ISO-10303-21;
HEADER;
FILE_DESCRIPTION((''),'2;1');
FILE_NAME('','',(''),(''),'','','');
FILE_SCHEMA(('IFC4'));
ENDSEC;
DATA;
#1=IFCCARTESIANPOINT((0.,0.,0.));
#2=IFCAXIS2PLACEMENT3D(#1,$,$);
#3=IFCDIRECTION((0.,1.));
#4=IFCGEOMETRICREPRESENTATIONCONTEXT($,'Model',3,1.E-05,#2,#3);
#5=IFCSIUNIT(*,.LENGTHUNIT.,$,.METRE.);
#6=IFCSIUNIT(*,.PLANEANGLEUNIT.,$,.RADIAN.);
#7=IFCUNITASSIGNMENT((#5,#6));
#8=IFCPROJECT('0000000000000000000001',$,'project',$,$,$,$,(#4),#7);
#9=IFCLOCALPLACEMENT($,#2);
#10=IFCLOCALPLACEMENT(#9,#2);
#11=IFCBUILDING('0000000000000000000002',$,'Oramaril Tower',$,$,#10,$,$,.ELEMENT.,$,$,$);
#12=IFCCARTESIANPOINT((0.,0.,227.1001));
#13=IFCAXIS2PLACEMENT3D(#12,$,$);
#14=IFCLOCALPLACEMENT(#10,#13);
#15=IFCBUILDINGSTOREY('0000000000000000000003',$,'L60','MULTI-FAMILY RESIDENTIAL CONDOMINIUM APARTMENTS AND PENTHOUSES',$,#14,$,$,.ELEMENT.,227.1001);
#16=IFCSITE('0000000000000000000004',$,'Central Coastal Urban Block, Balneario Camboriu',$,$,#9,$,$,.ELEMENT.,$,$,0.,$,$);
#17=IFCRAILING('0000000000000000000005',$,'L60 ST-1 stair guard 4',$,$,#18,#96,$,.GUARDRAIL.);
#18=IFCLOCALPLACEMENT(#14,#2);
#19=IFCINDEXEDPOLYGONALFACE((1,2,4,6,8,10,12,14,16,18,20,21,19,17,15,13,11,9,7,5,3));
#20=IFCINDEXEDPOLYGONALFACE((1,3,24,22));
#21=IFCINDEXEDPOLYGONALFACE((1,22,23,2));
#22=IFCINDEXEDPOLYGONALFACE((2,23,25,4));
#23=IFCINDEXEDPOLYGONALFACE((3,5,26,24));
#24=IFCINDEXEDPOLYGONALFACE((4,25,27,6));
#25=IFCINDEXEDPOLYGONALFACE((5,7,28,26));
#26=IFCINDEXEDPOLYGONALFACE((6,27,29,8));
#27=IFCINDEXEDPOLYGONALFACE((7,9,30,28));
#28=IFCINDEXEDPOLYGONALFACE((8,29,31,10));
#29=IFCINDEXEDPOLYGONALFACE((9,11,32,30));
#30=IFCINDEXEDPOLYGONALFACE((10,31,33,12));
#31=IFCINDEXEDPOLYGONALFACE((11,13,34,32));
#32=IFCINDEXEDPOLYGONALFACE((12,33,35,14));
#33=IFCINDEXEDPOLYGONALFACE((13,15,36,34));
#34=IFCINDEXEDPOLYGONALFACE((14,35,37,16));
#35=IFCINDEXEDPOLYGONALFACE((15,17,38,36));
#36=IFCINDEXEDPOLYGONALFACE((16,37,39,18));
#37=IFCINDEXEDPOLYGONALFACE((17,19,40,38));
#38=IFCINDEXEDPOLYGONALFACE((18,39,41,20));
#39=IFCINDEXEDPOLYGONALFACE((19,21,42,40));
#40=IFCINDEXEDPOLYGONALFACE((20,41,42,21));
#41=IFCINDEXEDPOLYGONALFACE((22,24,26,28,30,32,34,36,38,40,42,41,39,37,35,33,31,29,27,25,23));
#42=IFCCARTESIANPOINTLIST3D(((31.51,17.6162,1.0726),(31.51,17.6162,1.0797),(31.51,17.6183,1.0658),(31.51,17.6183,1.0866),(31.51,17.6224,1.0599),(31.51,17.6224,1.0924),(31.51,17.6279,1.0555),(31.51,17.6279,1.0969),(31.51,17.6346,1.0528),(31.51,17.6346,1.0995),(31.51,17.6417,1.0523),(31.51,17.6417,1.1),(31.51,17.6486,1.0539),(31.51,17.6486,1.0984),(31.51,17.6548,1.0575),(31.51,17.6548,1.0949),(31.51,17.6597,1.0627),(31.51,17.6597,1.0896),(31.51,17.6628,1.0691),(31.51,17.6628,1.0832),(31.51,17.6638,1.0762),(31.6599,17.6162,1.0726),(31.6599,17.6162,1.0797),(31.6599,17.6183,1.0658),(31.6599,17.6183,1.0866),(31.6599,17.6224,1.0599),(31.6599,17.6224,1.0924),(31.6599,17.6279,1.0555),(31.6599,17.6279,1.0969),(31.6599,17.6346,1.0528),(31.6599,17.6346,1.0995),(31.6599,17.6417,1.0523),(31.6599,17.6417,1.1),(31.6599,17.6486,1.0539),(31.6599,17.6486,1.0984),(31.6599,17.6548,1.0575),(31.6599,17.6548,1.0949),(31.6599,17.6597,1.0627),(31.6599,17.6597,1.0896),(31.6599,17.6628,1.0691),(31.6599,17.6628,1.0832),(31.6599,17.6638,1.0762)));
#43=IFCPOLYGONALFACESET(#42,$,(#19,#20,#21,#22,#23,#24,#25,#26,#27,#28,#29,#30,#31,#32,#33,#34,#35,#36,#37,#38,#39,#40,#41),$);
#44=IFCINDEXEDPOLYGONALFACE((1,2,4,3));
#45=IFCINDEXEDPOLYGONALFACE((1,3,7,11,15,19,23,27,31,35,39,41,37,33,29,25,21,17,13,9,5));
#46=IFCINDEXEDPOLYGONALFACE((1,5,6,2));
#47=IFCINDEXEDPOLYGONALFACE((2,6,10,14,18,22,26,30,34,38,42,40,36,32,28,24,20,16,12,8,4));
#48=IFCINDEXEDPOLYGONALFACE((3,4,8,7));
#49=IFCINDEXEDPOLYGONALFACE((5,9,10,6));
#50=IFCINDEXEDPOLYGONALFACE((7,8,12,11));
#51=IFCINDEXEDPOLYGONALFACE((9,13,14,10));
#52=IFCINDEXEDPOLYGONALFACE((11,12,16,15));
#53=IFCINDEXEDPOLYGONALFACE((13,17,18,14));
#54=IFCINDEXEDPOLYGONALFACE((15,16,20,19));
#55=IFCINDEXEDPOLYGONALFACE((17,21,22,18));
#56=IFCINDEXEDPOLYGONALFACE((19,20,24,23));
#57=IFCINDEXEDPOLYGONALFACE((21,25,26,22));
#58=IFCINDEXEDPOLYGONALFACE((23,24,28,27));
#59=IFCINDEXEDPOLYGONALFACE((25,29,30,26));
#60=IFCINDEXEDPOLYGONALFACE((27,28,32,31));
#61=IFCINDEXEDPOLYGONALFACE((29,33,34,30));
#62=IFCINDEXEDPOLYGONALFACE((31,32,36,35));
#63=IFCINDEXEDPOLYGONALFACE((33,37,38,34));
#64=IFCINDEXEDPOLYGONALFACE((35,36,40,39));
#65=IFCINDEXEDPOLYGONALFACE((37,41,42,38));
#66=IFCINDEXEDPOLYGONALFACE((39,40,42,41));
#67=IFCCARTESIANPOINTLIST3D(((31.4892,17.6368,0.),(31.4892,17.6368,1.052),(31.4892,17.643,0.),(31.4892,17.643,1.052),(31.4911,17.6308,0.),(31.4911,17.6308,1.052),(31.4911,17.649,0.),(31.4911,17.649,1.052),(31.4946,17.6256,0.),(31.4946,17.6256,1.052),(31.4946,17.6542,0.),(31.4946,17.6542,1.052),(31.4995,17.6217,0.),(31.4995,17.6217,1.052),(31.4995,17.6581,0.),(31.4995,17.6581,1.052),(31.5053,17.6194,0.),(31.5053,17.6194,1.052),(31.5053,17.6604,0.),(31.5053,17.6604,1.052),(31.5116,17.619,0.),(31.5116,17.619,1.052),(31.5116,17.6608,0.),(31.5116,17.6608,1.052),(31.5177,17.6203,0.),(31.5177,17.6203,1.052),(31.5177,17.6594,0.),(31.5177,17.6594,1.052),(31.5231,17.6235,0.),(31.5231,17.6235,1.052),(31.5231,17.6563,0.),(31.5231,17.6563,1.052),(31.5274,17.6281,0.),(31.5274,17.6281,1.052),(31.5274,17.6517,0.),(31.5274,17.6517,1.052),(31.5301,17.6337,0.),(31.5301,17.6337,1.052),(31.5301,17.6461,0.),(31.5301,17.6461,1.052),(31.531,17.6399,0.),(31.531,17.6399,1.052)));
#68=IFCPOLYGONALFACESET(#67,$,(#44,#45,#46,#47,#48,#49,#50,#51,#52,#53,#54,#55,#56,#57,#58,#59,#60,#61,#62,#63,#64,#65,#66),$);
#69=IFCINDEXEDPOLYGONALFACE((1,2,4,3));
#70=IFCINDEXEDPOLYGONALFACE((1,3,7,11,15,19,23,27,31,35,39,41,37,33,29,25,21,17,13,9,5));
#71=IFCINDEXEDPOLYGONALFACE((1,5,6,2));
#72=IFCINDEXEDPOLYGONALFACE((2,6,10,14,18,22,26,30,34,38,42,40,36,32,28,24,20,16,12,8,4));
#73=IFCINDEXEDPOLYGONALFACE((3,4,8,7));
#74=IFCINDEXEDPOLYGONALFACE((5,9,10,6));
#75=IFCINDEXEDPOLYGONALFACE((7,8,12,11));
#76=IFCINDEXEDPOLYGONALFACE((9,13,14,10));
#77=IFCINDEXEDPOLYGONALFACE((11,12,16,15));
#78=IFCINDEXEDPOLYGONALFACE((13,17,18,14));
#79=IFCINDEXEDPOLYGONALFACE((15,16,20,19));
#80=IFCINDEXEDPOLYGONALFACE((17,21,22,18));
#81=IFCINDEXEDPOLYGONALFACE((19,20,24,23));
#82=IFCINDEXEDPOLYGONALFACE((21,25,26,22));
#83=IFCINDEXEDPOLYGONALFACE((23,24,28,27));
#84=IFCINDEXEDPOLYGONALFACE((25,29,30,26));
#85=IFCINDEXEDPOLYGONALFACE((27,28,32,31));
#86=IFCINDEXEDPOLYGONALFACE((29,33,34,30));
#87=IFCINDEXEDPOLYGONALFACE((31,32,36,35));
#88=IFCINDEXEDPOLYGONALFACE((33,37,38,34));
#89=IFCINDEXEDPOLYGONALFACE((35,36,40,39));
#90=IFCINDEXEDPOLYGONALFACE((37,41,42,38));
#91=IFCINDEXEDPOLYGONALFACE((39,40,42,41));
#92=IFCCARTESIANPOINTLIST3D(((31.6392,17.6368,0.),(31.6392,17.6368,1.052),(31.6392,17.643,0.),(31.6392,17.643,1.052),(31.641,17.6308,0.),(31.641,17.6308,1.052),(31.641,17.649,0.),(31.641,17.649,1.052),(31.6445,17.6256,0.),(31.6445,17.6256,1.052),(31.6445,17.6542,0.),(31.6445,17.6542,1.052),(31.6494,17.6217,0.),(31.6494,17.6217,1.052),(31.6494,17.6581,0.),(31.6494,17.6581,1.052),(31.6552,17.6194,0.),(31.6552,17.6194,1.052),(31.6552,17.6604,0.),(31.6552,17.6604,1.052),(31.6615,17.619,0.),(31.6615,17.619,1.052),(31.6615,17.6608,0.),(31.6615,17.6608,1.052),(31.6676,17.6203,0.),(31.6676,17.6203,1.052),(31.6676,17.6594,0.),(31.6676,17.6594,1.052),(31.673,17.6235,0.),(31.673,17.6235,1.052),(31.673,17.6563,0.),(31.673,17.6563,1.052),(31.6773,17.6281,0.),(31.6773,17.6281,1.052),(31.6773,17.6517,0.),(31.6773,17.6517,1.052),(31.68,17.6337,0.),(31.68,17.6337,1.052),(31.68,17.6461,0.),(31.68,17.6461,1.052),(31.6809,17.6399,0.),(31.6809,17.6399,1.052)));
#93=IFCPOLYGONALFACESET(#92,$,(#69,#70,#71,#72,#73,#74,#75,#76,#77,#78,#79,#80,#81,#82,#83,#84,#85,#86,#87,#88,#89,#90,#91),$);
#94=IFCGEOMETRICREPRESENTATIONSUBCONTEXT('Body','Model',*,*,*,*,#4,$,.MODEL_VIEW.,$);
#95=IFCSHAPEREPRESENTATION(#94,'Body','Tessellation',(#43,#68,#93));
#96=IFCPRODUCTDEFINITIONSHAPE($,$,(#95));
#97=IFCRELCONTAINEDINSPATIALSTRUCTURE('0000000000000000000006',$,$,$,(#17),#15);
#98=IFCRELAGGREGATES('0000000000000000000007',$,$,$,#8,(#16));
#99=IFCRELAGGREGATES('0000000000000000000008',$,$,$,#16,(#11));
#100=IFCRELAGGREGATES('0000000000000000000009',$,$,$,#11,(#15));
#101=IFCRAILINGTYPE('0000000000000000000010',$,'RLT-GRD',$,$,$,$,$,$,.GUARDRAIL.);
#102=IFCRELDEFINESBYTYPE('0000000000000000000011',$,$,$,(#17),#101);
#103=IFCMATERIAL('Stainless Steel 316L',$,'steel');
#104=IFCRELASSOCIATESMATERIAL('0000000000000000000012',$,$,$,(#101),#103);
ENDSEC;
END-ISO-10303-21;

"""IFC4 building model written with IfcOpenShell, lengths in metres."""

from ifc_helpers import new_model, si_unit, direction, frame, origin, origin_2d, place, context, subcontext, project, spatial, circle, extrude, material, type_object, element, save


model = new_model("IFC4")

# Units and contexts
model_context = context("Model", 3, precision=1e-05, world=origin(), true_north=direction((0.0, 1.0)))
body_context = subcontext(model_context, "Body", "Model", "MODEL_VIEW")
ifc_project = project(units=[si_unit("LENGTHUNIT", "METRE"), si_unit("PLANEANGLEUNIT", "RADIAN")], contexts=[model_context])

# Site, building, storey
site_placement = place(None, origin())
site = spatial("IfcSite", under=ifc_project, at=site_placement, Name="Central Coastal Urban Block, Balneario Camboriu", CompositionType="ELEMENT", RefElevation=0.0)
building_placement = place(site_placement, origin())
building = spatial("IfcBuilding", under=site, at=building_placement, Name="Oramaril Tower", CompositionType="ELEMENT")
storey_placement = place(building_placement, frame((0.0, 0.0, 227.1001)))
storey = spatial("IfcBuildingStorey", under=building, at=storey_placement, Name="L60", Description="MULTI-FAMILY RESIDENTIAL CONDOMINIUM APARTMENTS AND PENTHOUSES", CompositionType="ELEMENT", Elevation=227.1001)

# Railing
ifc_material_1 = material(Name="Stainless Steel 316L", Category="steel")
railing_type_1 = type_object("IfcRailingType", Name="RLT-GRD", PredefinedType="GUARDRAIL", material=ifc_material_1)
railing_1_placement = place(storey_placement, frame((31.51, 17.6399, 0.0)))
element("IfcRailing", 1, at=railing_1_placement, inside=storey, type_object=railing_type_1, Name="L60 ST-1 stair guard 4", PredefinedType="GUARDRAIL", context=body_context, shape_type="SweptSolid", body=[
    extrude(circle(Radius=0.0239, at=origin_2d()), frame((0.0, 0.0, 1.0762), z_axis=(1.0, 0.0, 0.0), x_axis=(0.0, 1.0, 0.0)), (0.0, 0.0, 1.0), 0.1499),
    extrude(circle(Radius=0.021, at=origin_2d()), origin(), (0.0, 0.0, 1.0), 1.052),
    extrude(circle(Radius=0.021, at=origin_2d()), frame((0.1499, 0.0, 0.0)), (0.0, 0.0, 1.0), 1.052),
])

save(model, "model.ifc")
